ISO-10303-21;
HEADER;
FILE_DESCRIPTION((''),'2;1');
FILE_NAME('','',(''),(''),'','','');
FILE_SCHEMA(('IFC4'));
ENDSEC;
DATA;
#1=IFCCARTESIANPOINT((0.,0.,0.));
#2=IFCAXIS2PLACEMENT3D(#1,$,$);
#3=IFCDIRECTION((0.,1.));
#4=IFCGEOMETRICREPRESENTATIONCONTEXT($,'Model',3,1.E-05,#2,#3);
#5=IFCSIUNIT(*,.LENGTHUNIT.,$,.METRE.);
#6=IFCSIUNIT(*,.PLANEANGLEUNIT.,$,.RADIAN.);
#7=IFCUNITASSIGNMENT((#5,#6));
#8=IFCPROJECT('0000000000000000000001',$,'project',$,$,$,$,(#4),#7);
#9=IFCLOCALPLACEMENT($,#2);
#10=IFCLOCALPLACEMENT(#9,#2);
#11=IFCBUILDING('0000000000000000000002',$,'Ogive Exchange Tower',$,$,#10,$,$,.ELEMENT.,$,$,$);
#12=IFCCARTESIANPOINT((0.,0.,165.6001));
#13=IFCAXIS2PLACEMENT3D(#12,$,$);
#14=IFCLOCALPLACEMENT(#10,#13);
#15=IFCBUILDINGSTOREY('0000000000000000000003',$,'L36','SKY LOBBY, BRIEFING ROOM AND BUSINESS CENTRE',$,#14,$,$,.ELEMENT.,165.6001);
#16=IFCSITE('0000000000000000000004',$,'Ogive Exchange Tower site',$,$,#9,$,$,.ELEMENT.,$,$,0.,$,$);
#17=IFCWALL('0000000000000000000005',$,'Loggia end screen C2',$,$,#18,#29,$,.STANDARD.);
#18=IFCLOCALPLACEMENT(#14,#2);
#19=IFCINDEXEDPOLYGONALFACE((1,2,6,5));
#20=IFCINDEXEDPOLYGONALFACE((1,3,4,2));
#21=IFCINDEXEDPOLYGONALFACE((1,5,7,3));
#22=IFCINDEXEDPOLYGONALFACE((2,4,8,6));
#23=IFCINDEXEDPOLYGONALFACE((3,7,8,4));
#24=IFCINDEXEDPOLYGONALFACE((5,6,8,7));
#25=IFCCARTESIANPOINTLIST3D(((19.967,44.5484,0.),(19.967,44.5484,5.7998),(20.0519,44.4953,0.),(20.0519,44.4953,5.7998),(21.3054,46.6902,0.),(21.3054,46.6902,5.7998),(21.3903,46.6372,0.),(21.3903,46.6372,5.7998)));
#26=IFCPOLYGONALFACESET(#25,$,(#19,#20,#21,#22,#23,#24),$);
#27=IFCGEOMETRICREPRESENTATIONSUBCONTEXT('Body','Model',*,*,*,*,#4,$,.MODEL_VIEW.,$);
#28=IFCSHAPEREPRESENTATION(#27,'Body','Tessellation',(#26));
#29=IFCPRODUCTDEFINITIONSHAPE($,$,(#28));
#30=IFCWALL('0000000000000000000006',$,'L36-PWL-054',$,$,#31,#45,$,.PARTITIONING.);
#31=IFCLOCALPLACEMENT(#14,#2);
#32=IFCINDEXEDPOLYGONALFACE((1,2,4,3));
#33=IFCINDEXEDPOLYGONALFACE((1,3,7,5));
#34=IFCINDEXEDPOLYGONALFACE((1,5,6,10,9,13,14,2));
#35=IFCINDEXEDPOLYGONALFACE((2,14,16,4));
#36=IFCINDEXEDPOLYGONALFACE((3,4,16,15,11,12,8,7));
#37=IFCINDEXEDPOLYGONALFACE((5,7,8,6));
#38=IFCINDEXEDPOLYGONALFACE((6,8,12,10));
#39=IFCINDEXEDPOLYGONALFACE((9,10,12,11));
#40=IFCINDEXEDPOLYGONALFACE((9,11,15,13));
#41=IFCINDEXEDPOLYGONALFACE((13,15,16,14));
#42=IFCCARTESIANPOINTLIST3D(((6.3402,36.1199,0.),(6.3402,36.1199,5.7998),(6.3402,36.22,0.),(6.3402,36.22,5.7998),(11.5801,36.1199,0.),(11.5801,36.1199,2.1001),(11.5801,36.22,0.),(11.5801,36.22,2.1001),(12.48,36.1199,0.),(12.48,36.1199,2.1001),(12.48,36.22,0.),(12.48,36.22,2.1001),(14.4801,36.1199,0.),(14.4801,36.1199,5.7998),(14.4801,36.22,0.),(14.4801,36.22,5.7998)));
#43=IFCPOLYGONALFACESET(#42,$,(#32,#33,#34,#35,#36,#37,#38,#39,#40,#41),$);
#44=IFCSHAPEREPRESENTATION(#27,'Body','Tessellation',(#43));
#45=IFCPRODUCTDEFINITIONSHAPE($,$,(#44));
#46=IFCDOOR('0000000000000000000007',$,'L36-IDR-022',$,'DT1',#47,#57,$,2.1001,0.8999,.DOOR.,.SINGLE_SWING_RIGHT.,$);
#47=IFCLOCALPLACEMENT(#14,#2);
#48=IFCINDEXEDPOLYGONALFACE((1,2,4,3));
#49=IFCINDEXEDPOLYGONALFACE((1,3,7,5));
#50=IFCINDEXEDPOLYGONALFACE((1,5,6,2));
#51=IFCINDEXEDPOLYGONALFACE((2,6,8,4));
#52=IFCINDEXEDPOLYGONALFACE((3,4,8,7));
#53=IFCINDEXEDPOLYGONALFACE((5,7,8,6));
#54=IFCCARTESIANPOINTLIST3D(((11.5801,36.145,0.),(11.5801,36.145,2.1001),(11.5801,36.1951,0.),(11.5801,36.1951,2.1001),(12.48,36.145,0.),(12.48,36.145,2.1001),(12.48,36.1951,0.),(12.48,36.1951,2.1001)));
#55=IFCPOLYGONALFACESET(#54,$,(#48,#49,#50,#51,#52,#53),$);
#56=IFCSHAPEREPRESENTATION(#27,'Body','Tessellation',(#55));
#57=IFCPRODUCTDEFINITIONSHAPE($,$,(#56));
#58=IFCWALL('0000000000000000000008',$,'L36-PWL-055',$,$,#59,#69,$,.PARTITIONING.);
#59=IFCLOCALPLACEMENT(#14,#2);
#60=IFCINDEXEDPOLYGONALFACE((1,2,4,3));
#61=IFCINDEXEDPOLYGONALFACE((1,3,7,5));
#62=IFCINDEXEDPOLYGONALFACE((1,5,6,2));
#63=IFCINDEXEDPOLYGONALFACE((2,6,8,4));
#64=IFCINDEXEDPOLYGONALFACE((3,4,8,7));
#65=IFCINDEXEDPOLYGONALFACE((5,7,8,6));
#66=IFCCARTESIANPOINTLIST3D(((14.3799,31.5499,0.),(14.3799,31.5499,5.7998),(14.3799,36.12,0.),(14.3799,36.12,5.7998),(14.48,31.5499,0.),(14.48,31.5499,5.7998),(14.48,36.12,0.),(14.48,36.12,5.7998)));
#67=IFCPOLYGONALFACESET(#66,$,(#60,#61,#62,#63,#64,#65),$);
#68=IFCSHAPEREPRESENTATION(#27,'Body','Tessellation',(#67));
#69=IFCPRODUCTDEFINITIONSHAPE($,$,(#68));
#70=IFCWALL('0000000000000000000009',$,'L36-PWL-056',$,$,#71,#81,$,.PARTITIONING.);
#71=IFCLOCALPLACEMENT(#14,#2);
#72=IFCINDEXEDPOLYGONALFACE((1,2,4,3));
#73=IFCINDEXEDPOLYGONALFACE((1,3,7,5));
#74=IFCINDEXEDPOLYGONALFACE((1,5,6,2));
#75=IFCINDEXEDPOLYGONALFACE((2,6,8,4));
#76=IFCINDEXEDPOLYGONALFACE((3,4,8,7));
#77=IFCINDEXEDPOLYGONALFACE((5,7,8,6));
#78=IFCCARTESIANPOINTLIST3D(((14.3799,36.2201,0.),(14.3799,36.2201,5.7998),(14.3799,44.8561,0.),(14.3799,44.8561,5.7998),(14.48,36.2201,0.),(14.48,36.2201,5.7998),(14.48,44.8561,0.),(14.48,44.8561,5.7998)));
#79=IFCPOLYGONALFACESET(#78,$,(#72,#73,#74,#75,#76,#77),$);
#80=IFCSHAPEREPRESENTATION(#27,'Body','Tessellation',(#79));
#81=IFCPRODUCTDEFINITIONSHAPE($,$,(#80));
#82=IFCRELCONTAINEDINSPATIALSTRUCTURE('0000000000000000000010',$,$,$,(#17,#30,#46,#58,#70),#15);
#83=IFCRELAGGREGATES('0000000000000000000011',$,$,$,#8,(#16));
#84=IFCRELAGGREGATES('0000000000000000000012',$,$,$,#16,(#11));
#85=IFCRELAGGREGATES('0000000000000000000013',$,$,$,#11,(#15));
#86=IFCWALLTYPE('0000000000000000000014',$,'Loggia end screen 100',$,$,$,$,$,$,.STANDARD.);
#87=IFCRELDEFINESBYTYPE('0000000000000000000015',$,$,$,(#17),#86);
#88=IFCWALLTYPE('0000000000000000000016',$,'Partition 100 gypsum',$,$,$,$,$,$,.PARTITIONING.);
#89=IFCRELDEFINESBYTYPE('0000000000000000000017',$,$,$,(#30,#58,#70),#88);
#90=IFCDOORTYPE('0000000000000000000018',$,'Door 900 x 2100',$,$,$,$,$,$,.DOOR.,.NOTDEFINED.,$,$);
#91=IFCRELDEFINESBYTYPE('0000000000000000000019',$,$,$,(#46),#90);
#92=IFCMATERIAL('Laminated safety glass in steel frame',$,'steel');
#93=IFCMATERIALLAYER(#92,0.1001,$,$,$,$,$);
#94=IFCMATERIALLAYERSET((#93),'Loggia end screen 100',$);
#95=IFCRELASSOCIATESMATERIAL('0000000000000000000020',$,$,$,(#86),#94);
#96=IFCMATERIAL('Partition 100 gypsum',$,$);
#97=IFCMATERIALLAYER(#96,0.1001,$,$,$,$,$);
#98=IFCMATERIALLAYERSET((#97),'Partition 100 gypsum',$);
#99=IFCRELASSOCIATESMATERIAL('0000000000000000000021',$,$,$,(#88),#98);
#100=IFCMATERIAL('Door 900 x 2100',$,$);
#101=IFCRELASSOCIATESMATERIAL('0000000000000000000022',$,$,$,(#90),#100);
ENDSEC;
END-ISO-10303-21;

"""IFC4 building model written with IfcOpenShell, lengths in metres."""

from ifc_helpers import new_model, si_unit, direction, frame, frame_2d, origin, place, context, subcontext, project, spatial, rectangle, extrude, material, layer, layer_set, type_object, element, fill, save


model = new_model("IFC4")

# Units and contexts
model_context = context("Model", 3, precision=1e-05, world=origin(), true_north=direction((0.0, 1.0)))
body_context = subcontext(model_context, "Body", "Model", "MODEL_VIEW")
ifc_project = project(units=[si_unit("LENGTHUNIT", "METRE"), si_unit("PLANEANGLEUNIT", "RADIAN")], contexts=[model_context])

# Site, building, storey
site_placement = place(None, origin())
site = spatial("IfcSite", under=ifc_project, at=site_placement, Name="Ogive Exchange Tower site", CompositionType="ELEMENT", RefElevation=0.0)
building_placement = place(site_placement, origin())
building = spatial("IfcBuilding", under=site, at=building_placement, Name="Ogive Exchange Tower", CompositionType="ELEMENT")
storey_placement = place(building_placement, frame((0.0, 0.0, 165.6001)))
storey = spatial("IfcBuildingStorey", under=building, at=storey_placement, Name="L36", Description="SKY LOBBY, BRIEFING ROOM AND BUSINESS CENTRE", CompositionType="ELEMENT", Elevation=165.6001)

# Wall
ifc_material_1 = material(Name="Laminated safety glass in steel frame", Category="steel")
ifc_layer_1 = layer(ifc_material_1, 0.1001)
ifc_layer_set_1 = layer_set([ifc_layer_1], Name="Loggia end screen 100")
wall_type_1 = type_object("IfcWallType", Name="Loggia end screen 100", PredefinedType="STANDARD", material=ifc_layer_set_1)
wall_1_placement = place(storey_placement, frame((20.0095, 44.522, 0.0), z_axis=(0.0, 0.0, 1.0), x_axis=(0.529921, 0.848047, 0.0)))
element("IfcWall", 1, at=wall_1_placement, inside=storey, type_object=wall_type_1, Name="Loggia end screen C2", PredefinedType="STANDARD", context=body_context, shape_type="SweptSolid", body=[
    extrude(rectangle(XDim=2.5256, YDim=0.1001, at=frame_2d((1.2627, 0.0))), origin(), (0.0, 0.0, 1.0), 5.7998),
])

# Wall, opening, door
ifc_material_2 = material(Name="Partition 100 gypsum")
ifc_layer_2 = layer(ifc_material_2, 0.1001)
ifc_layer_set_2 = layer_set([ifc_layer_2], Name="Partition 100 gypsum")
wall_type_2 = type_object("IfcWallType", Name="Partition 100 gypsum", PredefinedType="PARTITIONING", material=ifc_layer_set_2)
wall_2_placement = place(storey_placement, frame((14.48, 36.1699, 0.0), z_axis=(0.0, 0.0, 1.0), x_axis=(-1.0, 0.0, 0.0)))
wall_2 = element("IfcWall", 2, at=wall_2_placement, inside=storey, type_object=wall_type_2, Name="L36-PWL-054", PredefinedType="PARTITIONING", context=body_context, shape_type="SweptSolid", body=[
    extrude(rectangle(XDim=8.1399, YDim=0.1001, at=frame_2d((4.0698, 0.0))), origin(), (0.0, 0.0, 1.0), 5.7998),
])
opening_1_placement = place(wall_2_placement, frame((2.0, 0.0, 0.0)))
opening_1 = element("IfcOpeningElement", 3, at=opening_1_placement, cuts=wall_2, PredefinedType="OPENING", context=body_context, shape_type="SweptSolid", body=[
    extrude(rectangle(XDim=0.8999, YDim=2.1001, at=frame_2d((0.45, 1.05))), frame((0.0, 0.0601, 0.0), z_axis=(0.0, -1.0, 0.0), x_axis=(1.0, 0.0, 0.0)), (0.0, 0.0, 1.0), 0.1201),
])
ifc_material_3 = material(Name="Door 900 x 2100")
door_type_1 = type_object("IfcDoorType", Name="Door 900 x 2100", OperationType="NOTDEFINED", PredefinedType="DOOR", material=ifc_material_3)
door_1_placement = place(opening_1_placement, origin())
door_1 = element("IfcDoor", 4, at=door_1_placement, inside=storey, type_object=door_type_1, Name="L36-IDR-022", ObjectType="DT1", OperationType="SINGLE_SWING_RIGHT", OverallHeight=2.1001, OverallWidth=0.8999, PredefinedType="DOOR", context=body_context, shape_type="SweptSolid", body=[
    extrude(rectangle(XDim=0.8999, YDim=2.1001, at=frame_2d((0.45, 1.05))), frame((0.0, 0.0249, 0.0), z_axis=(0.0, -1.0, 0.0), x_axis=(1.0, 0.0, 0.0)), (0.0, 0.0, 1.0), 0.05),
])
fill(opening_1, door_1)

# Walls
wall_3_placement = place(storey_placement, frame((14.4299, 36.1201, 0.0), z_axis=(0.0, 0.0, 1.0), x_axis=(0.0, -1.0, 0.0)))
element("IfcWall", 5, at=wall_3_placement, inside=storey, type_object=wall_type_2, Name="L36-PWL-055", PredefinedType="PARTITIONING", context=body_context, shape_type="SweptSolid", body=[
    extrude(rectangle(XDim=4.5701, YDim=0.1001, at=frame_2d((2.2852, 0.0))), origin(), (0.0, 0.0, 1.0), 5.7998),
])
wall_4_placement = place(storey_placement, frame((14.4299, 44.856, 0.0), z_axis=(0.0, 0.0, 1.0), x_axis=(0.0, -1.0, 0.0)))
element("IfcWall", 6, at=wall_4_placement, inside=storey, type_object=wall_type_2, Name="L36-PWL-056", PredefinedType="PARTITIONING", context=body_context, shape_type="SweptSolid", body=[
    extrude(rectangle(XDim=8.636, YDim=0.1001, at=frame_2d((4.3179, 0.0))), origin(), (0.0, 0.0, 1.0), 5.7998),
])

save(model, "model.ifc")
